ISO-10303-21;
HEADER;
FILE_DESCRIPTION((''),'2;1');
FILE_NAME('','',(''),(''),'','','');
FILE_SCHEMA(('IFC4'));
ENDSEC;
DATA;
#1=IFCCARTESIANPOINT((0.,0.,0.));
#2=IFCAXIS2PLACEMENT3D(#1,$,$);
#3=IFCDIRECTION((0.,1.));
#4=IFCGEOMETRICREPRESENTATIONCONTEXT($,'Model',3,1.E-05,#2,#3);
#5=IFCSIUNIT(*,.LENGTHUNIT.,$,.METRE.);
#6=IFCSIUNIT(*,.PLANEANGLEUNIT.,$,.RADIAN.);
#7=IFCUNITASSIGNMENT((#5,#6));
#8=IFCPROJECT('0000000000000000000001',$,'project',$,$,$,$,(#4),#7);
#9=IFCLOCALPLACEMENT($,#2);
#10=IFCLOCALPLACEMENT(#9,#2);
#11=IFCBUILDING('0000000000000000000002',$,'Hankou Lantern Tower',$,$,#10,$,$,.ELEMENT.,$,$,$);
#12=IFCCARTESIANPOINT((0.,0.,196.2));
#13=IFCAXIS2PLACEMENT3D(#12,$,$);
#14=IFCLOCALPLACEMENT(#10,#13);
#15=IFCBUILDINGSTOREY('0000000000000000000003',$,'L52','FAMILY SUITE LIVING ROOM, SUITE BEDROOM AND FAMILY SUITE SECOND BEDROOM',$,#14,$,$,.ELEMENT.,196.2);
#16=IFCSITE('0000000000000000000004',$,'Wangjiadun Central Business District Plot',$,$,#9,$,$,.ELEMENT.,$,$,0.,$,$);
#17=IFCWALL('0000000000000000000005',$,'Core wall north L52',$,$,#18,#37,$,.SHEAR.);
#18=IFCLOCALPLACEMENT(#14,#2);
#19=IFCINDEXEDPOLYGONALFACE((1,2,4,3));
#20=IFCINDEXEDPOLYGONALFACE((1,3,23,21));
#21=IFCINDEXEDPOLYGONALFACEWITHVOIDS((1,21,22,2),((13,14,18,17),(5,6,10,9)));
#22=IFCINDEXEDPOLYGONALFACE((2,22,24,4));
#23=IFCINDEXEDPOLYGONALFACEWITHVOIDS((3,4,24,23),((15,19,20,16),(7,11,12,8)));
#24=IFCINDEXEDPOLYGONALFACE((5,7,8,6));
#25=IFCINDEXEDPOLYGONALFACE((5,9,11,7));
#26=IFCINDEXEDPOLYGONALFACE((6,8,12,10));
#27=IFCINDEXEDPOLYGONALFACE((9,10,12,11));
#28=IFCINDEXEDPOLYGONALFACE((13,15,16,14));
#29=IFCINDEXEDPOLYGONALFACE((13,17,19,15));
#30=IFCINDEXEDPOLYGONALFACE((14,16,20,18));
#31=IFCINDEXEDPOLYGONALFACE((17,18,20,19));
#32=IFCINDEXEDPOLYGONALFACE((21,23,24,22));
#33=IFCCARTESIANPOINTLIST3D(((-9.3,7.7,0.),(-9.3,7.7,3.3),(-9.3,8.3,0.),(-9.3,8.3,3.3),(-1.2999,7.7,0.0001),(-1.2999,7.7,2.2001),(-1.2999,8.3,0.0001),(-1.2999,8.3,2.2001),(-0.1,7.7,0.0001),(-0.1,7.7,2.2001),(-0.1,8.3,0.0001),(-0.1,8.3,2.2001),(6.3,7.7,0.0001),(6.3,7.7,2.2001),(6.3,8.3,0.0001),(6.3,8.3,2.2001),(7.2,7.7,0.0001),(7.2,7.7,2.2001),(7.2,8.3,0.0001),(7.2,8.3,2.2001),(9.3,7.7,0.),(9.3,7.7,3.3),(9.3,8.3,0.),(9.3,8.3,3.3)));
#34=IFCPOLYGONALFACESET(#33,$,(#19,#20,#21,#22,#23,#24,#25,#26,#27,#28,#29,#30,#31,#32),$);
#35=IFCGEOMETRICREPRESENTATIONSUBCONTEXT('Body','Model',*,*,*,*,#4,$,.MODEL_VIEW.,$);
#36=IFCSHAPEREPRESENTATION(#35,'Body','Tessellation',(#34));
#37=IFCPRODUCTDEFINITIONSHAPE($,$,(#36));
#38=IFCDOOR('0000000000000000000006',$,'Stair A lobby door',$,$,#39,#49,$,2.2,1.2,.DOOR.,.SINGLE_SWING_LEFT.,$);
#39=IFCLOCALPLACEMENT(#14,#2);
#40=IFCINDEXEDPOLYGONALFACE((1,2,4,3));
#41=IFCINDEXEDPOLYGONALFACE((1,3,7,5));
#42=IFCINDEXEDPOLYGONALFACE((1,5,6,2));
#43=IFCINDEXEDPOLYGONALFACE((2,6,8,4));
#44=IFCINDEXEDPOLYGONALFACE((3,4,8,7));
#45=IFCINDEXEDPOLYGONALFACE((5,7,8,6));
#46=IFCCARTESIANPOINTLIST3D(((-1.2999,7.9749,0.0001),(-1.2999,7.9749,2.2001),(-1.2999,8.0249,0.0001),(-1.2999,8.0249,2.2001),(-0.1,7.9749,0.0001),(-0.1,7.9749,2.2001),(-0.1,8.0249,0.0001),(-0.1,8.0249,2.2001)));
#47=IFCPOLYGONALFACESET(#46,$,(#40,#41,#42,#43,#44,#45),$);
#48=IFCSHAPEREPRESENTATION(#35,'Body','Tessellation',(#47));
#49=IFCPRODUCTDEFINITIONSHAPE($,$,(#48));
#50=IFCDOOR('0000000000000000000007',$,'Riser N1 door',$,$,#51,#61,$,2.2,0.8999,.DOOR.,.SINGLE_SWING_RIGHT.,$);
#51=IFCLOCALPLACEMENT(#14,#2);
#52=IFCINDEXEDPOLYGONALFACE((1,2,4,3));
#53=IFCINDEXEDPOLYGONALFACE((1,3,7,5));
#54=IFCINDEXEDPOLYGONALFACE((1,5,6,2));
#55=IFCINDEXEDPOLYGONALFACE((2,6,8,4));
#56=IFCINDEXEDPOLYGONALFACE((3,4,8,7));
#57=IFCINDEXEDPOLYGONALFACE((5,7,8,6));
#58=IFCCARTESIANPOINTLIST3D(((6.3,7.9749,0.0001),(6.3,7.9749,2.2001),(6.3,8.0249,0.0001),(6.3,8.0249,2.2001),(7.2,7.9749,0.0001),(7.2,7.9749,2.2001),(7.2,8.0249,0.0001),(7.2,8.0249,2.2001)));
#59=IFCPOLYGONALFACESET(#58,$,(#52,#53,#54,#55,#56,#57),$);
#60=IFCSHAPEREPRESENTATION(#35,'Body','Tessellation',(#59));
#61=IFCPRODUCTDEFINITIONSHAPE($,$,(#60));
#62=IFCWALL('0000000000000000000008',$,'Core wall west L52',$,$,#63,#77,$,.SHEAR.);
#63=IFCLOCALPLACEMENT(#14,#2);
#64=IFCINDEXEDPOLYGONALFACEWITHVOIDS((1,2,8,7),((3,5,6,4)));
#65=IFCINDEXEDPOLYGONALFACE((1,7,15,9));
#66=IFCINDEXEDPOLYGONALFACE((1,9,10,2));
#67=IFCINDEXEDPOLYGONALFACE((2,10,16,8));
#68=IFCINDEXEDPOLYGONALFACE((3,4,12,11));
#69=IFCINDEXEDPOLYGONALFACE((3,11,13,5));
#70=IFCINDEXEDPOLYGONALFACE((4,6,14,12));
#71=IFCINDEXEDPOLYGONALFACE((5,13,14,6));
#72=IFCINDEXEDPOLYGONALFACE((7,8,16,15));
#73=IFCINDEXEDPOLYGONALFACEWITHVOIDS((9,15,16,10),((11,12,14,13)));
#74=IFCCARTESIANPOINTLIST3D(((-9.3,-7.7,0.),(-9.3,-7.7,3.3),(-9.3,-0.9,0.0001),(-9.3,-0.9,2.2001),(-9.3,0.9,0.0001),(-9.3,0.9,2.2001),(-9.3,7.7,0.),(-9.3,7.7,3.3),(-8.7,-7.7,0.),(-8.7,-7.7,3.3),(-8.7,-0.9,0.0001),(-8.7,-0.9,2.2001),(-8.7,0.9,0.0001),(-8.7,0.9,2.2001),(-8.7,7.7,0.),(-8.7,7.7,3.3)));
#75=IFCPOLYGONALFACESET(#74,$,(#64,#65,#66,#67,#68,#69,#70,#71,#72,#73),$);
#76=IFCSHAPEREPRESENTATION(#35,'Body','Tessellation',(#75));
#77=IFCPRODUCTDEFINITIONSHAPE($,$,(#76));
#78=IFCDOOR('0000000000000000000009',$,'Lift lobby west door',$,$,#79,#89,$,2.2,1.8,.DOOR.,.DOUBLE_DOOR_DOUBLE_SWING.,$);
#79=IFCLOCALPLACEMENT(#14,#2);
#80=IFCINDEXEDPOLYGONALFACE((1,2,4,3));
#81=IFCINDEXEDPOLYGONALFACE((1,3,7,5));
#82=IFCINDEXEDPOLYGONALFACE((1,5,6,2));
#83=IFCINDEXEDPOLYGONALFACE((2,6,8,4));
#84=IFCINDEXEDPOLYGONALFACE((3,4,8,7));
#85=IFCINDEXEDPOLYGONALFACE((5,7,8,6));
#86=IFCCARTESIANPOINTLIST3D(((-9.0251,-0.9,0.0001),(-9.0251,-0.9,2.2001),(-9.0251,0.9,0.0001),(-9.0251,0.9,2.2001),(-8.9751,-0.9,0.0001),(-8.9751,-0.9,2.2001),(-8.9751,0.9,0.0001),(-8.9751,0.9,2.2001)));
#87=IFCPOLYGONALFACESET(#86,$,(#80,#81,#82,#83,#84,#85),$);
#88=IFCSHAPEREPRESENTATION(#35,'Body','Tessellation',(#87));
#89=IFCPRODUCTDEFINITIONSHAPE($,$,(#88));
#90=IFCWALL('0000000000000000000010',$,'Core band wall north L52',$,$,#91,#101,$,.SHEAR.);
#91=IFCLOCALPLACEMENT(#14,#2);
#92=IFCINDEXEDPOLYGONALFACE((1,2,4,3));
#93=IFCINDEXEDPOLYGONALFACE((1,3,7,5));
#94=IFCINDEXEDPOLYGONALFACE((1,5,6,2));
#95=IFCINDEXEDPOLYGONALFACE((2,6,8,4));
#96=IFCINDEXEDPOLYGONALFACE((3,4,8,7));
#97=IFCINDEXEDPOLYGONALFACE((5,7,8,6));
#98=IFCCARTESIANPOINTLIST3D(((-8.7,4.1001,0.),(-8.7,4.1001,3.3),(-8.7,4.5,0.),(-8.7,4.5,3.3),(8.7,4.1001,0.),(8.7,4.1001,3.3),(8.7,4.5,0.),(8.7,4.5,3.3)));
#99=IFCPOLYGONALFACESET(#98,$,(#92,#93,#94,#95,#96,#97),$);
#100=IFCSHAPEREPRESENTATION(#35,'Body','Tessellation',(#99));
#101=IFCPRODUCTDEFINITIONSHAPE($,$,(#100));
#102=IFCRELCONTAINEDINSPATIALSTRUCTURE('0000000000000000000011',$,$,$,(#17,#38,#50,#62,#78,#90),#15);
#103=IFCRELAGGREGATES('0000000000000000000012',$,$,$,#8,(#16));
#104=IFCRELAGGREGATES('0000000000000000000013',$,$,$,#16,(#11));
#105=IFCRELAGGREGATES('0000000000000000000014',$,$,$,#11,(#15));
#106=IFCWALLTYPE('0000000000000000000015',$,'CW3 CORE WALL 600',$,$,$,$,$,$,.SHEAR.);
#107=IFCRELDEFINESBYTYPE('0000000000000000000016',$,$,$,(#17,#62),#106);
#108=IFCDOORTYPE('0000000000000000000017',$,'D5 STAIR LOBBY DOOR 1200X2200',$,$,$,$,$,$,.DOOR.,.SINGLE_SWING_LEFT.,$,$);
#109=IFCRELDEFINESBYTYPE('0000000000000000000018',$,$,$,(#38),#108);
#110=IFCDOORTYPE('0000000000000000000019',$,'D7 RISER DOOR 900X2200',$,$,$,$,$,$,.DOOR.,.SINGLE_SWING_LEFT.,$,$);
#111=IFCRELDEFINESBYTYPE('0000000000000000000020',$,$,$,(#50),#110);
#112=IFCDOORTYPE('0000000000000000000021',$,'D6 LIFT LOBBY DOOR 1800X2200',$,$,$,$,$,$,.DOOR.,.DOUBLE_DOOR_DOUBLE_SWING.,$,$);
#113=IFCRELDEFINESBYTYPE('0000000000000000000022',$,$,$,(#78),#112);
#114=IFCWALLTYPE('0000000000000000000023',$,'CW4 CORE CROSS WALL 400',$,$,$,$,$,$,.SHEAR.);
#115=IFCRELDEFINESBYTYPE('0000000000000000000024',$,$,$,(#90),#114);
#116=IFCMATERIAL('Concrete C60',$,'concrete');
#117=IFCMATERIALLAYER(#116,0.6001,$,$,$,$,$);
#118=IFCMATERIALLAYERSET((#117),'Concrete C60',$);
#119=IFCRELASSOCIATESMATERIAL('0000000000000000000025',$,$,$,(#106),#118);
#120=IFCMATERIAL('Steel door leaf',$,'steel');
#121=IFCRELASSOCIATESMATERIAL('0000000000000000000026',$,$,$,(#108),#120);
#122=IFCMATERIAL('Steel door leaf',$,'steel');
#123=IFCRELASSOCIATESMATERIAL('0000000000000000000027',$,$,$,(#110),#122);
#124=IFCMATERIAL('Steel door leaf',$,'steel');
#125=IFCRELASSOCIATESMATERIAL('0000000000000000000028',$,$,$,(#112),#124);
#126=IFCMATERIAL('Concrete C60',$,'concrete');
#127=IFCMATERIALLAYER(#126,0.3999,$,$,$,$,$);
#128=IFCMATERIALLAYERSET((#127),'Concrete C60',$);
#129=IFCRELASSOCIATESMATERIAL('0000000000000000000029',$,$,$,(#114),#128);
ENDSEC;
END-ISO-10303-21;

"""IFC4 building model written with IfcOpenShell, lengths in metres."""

from ifc_helpers import new_model, si_unit, direction, frame, frame_2d, origin, place, context, subcontext, project, spatial, rectangle, extrude, material, layer, layer_set, type_object, element, fill, save


model = new_model("IFC4")

# Units and contexts
model_context = context("Model", 3, precision=1e-05, world=origin(), true_north=direction((0.0, 1.0)))
body_context = subcontext(model_context, "Body", "Model", "MODEL_VIEW")
ifc_project = project(units=[si_unit("LENGTHUNIT", "METRE"), si_unit("PLANEANGLEUNIT", "RADIAN")], contexts=[model_context])

# Site, building, storey
site_placement = place(None, origin())
site = spatial("IfcSite", under=ifc_project, at=site_placement, Name="Wangjiadun Central Business District Plot", CompositionType="ELEMENT", RefElevation=0.0)
building_placement = place(site_placement, origin())
building = spatial("IfcBuilding", under=site, at=building_placement, Name="Hankou Lantern Tower", CompositionType="ELEMENT")
storey_placement = place(building_placement, frame((0.0, 0.0, 196.2)))
storey = spatial("IfcBuildingStorey", under=building, at=storey_placement, Name="L52", Description="FAMILY SUITE LIVING ROOM, SUITE BEDROOM AND FAMILY SUITE SECOND BEDROOM", CompositionType="ELEMENT", Elevation=196.2)

# Wall, openings, doors
ifc_material_1 = material(Name="Concrete C60", Category="concrete")
ifc_layer_1 = layer(ifc_material_1, 0.6001)
ifc_layer_set_1 = layer_set([ifc_layer_1], Name="Concrete C60")
wall_type_1 = type_object("IfcWallType", Name="CW3 CORE WALL 600", PredefinedType="SHEAR", material=ifc_layer_set_1)
wall_1_placement = place(storey_placement, frame((-9.3, 8.0, 0.0), z_axis=(0.0, 0.0, 1.0), x_axis=(1.0, 0.0, 0.0)))
wall_1 = element("IfcWall", 1, at=wall_1_placement, inside=storey, type_object=wall_type_1, Name="Core wall north L52", PredefinedType="SHEAR", context=body_context, shape_type="SweptSolid", body=[
    extrude(rectangle(XDim=18.6001, YDim=0.6001, at=frame_2d((9.3, 0.0))), origin(), (0.0, 0.0, 1.0), 3.3),
])
opening_1_placement = place(wall_1_placement, frame((8.0, 0.0, 0.0)))
opening_1 = element("IfcOpeningElement", 2, at=opening_1_placement, cuts=wall_1, PredefinedType="OPENING", context=body_context, shape_type="SweptSolid", body=[
    extrude(rectangle(XDim=1.2, YDim=2.2, at=frame_2d((0.6001, 1.1001))), frame((0.0, 0.3101, 0.0), z_axis=(0.0, -1.0, 0.0), x_axis=(1.0, 0.0, 0.0)), (0.0, 0.0, 1.0), 0.6201),
])
opening_2_placement = place(wall_1_placement, frame((15.6001, 0.0, 0.0)))
opening_2 = element("IfcOpeningElement", 3, at=opening_2_placement, cuts=wall_1, PredefinedType="OPENING", context=body_context, shape_type="SweptSolid", body=[
    extrude(rectangle(XDim=0.8999, YDim=2.2, at=frame_2d((0.45, 1.1001))), frame((0.0, 0.3101, 0.0), z_axis=(0.0, -1.0, 0.0), x_axis=(1.0, 0.0, 0.0)), (0.0, 0.0, 1.0), 0.6201),
])
ifc_material_2 = material(Name="Steel door leaf", Category="steel")
door_type_1 = type_object("IfcDoorType", Name="D5 STAIR LOBBY DOOR 1200X2200", OperationType="SINGLE_SWING_LEFT", PredefinedType="DOOR", material=ifc_material_2)
door_1_placement = place(opening_1_placement, origin())
door_1 = element("IfcDoor", 4, at=door_1_placement, inside=storey, type_object=door_type_1, Name="Stair A lobby door", OperationType="SINGLE_SWING_LEFT", OverallHeight=2.2, OverallWidth=1.2, PredefinedType="DOOR", context=body_context, shape_type="SweptSolid", body=[
    extrude(rectangle(XDim=1.2, YDim=2.2, at=frame_2d((0.6001, 1.1001))), frame((0.0, 0.0249, 0.0), z_axis=(0.0, -1.0, 0.0), x_axis=(1.0, 0.0, 0.0)), (0.0, 0.0, 1.0), 0.05),
])
fill(opening_1, door_1)
ifc_material_3 = material(Name="Steel door leaf", Category="steel")
door_type_2 = type_object("IfcDoorType", Name="D7 RISER DOOR 900X2200", OperationType="SINGLE_SWING_LEFT", PredefinedType="DOOR", material=ifc_material_3)
door_2_placement = place(opening_2_placement, origin())
door_2 = element("IfcDoor", 5, at=door_2_placement, inside=storey, type_object=door_type_2, Name="Riser N1 door", OperationType="SINGLE_SWING_RIGHT", OverallHeight=2.2, OverallWidth=0.8999, PredefinedType="DOOR", context=body_context, shape_type="SweptSolid", body=[
    extrude(rectangle(XDim=0.8999, YDim=2.2, at=frame_2d((0.45, 1.1001))), frame((0.0, 0.0249, 0.0), z_axis=(0.0, -1.0, 0.0), x_axis=(1.0, 0.0, 0.0)), (0.0, 0.0, 1.0), 0.05),
])
fill(opening_2, door_2)

# Wall, opening, door
wall_2_placement = place(storey_placement, frame((-9.0, 7.7, 0.0), z_axis=(0.0, 0.0, 1.0), x_axis=(0.0, -1.0, 0.0)))
wall_2 = element("IfcWall", 6, at=wall_2_placement, inside=storey, type_object=wall_type_1, Name="Core wall west L52", PredefinedType="SHEAR", context=body_context, shape_type="SweptSolid", body=[
    extrude(rectangle(XDim=15.3999, YDim=0.6001, at=frame_2d((7.7, 0.0))), origin(), (0.0, 0.0, 1.0), 3.3),
])
opening_3_placement = place(wall_2_placement, frame((6.8, 0.0, 0.0)))
opening_3 = element("IfcOpeningElement", 7, at=opening_3_placement, cuts=wall_2, PredefinedType="OPENING", context=body_context, shape_type="SweptSolid", body=[
    extrude(rectangle(XDim=1.8, YDim=2.2, at=frame_2d((0.8999, 1.1001))), frame((0.0, 0.3101, 0.0), z_axis=(0.0, -1.0, 0.0), x_axis=(1.0, 0.0, 0.0)), (0.0, 0.0, 1.0), 0.6201),
])
ifc_material_4 = material(Name="Steel door leaf", Category="steel")
door_type_3 = type_object("IfcDoorType", Name="D6 LIFT LOBBY DOOR 1800X2200", OperationType="DOUBLE_DOOR_DOUBLE_SWING", PredefinedType="DOOR", material=ifc_material_4)
door_3_placement = place(opening_3_placement, origin())
door_3 = element("IfcDoor", 8, at=door_3_placement, inside=storey, type_object=door_type_3, Name="Lift lobby west door", OperationType="DOUBLE_DOOR_DOUBLE_SWING", OverallHeight=2.2, OverallWidth=1.8, PredefinedType="DOOR", context=body_context, shape_type="SweptSolid", body=[
    extrude(rectangle(XDim=1.8, YDim=2.2, at=frame_2d((0.8999, 1.1001))), frame((0.0, 0.0249, 0.0), z_axis=(0.0, -1.0, 0.0), x_axis=(1.0, 0.0, 0.0)), (0.0, 0.0, 1.0), 0.05),
])
fill(opening_3, door_3)

# Wall
ifc_material_5 = material(Name="Concrete C60", Category="concrete")
ifc_layer_2 = layer(ifc_material_5, 0.3999)
ifc_layer_set_2 = layer_set([ifc_layer_2], Name="Concrete C60")
wall_type_2 = type_object("IfcWallType", Name="CW4 CORE CROSS WALL 400", PredefinedType="SHEAR", material=ifc_layer_set_2)
wall_3_placement = place(storey_placement, frame((-8.7, 4.3, 0.0), z_axis=(0.0, 0.0, 1.0), x_axis=(1.0, 0.0, 0.0)))
element("IfcWall", 9, at=wall_3_placement, inside=storey, type_object=wall_type_2, Name="Core band wall north L52", PredefinedType="SHEAR", context=body_context, shape_type="SweptSolid", body=[
    extrude(rectangle(XDim=17.3999, YDim=0.3999, at=frame_2d((8.7, 0.0))), origin(), (0.0, 0.0, 1.0), 3.3),
])

save(model, "model.ifc")
